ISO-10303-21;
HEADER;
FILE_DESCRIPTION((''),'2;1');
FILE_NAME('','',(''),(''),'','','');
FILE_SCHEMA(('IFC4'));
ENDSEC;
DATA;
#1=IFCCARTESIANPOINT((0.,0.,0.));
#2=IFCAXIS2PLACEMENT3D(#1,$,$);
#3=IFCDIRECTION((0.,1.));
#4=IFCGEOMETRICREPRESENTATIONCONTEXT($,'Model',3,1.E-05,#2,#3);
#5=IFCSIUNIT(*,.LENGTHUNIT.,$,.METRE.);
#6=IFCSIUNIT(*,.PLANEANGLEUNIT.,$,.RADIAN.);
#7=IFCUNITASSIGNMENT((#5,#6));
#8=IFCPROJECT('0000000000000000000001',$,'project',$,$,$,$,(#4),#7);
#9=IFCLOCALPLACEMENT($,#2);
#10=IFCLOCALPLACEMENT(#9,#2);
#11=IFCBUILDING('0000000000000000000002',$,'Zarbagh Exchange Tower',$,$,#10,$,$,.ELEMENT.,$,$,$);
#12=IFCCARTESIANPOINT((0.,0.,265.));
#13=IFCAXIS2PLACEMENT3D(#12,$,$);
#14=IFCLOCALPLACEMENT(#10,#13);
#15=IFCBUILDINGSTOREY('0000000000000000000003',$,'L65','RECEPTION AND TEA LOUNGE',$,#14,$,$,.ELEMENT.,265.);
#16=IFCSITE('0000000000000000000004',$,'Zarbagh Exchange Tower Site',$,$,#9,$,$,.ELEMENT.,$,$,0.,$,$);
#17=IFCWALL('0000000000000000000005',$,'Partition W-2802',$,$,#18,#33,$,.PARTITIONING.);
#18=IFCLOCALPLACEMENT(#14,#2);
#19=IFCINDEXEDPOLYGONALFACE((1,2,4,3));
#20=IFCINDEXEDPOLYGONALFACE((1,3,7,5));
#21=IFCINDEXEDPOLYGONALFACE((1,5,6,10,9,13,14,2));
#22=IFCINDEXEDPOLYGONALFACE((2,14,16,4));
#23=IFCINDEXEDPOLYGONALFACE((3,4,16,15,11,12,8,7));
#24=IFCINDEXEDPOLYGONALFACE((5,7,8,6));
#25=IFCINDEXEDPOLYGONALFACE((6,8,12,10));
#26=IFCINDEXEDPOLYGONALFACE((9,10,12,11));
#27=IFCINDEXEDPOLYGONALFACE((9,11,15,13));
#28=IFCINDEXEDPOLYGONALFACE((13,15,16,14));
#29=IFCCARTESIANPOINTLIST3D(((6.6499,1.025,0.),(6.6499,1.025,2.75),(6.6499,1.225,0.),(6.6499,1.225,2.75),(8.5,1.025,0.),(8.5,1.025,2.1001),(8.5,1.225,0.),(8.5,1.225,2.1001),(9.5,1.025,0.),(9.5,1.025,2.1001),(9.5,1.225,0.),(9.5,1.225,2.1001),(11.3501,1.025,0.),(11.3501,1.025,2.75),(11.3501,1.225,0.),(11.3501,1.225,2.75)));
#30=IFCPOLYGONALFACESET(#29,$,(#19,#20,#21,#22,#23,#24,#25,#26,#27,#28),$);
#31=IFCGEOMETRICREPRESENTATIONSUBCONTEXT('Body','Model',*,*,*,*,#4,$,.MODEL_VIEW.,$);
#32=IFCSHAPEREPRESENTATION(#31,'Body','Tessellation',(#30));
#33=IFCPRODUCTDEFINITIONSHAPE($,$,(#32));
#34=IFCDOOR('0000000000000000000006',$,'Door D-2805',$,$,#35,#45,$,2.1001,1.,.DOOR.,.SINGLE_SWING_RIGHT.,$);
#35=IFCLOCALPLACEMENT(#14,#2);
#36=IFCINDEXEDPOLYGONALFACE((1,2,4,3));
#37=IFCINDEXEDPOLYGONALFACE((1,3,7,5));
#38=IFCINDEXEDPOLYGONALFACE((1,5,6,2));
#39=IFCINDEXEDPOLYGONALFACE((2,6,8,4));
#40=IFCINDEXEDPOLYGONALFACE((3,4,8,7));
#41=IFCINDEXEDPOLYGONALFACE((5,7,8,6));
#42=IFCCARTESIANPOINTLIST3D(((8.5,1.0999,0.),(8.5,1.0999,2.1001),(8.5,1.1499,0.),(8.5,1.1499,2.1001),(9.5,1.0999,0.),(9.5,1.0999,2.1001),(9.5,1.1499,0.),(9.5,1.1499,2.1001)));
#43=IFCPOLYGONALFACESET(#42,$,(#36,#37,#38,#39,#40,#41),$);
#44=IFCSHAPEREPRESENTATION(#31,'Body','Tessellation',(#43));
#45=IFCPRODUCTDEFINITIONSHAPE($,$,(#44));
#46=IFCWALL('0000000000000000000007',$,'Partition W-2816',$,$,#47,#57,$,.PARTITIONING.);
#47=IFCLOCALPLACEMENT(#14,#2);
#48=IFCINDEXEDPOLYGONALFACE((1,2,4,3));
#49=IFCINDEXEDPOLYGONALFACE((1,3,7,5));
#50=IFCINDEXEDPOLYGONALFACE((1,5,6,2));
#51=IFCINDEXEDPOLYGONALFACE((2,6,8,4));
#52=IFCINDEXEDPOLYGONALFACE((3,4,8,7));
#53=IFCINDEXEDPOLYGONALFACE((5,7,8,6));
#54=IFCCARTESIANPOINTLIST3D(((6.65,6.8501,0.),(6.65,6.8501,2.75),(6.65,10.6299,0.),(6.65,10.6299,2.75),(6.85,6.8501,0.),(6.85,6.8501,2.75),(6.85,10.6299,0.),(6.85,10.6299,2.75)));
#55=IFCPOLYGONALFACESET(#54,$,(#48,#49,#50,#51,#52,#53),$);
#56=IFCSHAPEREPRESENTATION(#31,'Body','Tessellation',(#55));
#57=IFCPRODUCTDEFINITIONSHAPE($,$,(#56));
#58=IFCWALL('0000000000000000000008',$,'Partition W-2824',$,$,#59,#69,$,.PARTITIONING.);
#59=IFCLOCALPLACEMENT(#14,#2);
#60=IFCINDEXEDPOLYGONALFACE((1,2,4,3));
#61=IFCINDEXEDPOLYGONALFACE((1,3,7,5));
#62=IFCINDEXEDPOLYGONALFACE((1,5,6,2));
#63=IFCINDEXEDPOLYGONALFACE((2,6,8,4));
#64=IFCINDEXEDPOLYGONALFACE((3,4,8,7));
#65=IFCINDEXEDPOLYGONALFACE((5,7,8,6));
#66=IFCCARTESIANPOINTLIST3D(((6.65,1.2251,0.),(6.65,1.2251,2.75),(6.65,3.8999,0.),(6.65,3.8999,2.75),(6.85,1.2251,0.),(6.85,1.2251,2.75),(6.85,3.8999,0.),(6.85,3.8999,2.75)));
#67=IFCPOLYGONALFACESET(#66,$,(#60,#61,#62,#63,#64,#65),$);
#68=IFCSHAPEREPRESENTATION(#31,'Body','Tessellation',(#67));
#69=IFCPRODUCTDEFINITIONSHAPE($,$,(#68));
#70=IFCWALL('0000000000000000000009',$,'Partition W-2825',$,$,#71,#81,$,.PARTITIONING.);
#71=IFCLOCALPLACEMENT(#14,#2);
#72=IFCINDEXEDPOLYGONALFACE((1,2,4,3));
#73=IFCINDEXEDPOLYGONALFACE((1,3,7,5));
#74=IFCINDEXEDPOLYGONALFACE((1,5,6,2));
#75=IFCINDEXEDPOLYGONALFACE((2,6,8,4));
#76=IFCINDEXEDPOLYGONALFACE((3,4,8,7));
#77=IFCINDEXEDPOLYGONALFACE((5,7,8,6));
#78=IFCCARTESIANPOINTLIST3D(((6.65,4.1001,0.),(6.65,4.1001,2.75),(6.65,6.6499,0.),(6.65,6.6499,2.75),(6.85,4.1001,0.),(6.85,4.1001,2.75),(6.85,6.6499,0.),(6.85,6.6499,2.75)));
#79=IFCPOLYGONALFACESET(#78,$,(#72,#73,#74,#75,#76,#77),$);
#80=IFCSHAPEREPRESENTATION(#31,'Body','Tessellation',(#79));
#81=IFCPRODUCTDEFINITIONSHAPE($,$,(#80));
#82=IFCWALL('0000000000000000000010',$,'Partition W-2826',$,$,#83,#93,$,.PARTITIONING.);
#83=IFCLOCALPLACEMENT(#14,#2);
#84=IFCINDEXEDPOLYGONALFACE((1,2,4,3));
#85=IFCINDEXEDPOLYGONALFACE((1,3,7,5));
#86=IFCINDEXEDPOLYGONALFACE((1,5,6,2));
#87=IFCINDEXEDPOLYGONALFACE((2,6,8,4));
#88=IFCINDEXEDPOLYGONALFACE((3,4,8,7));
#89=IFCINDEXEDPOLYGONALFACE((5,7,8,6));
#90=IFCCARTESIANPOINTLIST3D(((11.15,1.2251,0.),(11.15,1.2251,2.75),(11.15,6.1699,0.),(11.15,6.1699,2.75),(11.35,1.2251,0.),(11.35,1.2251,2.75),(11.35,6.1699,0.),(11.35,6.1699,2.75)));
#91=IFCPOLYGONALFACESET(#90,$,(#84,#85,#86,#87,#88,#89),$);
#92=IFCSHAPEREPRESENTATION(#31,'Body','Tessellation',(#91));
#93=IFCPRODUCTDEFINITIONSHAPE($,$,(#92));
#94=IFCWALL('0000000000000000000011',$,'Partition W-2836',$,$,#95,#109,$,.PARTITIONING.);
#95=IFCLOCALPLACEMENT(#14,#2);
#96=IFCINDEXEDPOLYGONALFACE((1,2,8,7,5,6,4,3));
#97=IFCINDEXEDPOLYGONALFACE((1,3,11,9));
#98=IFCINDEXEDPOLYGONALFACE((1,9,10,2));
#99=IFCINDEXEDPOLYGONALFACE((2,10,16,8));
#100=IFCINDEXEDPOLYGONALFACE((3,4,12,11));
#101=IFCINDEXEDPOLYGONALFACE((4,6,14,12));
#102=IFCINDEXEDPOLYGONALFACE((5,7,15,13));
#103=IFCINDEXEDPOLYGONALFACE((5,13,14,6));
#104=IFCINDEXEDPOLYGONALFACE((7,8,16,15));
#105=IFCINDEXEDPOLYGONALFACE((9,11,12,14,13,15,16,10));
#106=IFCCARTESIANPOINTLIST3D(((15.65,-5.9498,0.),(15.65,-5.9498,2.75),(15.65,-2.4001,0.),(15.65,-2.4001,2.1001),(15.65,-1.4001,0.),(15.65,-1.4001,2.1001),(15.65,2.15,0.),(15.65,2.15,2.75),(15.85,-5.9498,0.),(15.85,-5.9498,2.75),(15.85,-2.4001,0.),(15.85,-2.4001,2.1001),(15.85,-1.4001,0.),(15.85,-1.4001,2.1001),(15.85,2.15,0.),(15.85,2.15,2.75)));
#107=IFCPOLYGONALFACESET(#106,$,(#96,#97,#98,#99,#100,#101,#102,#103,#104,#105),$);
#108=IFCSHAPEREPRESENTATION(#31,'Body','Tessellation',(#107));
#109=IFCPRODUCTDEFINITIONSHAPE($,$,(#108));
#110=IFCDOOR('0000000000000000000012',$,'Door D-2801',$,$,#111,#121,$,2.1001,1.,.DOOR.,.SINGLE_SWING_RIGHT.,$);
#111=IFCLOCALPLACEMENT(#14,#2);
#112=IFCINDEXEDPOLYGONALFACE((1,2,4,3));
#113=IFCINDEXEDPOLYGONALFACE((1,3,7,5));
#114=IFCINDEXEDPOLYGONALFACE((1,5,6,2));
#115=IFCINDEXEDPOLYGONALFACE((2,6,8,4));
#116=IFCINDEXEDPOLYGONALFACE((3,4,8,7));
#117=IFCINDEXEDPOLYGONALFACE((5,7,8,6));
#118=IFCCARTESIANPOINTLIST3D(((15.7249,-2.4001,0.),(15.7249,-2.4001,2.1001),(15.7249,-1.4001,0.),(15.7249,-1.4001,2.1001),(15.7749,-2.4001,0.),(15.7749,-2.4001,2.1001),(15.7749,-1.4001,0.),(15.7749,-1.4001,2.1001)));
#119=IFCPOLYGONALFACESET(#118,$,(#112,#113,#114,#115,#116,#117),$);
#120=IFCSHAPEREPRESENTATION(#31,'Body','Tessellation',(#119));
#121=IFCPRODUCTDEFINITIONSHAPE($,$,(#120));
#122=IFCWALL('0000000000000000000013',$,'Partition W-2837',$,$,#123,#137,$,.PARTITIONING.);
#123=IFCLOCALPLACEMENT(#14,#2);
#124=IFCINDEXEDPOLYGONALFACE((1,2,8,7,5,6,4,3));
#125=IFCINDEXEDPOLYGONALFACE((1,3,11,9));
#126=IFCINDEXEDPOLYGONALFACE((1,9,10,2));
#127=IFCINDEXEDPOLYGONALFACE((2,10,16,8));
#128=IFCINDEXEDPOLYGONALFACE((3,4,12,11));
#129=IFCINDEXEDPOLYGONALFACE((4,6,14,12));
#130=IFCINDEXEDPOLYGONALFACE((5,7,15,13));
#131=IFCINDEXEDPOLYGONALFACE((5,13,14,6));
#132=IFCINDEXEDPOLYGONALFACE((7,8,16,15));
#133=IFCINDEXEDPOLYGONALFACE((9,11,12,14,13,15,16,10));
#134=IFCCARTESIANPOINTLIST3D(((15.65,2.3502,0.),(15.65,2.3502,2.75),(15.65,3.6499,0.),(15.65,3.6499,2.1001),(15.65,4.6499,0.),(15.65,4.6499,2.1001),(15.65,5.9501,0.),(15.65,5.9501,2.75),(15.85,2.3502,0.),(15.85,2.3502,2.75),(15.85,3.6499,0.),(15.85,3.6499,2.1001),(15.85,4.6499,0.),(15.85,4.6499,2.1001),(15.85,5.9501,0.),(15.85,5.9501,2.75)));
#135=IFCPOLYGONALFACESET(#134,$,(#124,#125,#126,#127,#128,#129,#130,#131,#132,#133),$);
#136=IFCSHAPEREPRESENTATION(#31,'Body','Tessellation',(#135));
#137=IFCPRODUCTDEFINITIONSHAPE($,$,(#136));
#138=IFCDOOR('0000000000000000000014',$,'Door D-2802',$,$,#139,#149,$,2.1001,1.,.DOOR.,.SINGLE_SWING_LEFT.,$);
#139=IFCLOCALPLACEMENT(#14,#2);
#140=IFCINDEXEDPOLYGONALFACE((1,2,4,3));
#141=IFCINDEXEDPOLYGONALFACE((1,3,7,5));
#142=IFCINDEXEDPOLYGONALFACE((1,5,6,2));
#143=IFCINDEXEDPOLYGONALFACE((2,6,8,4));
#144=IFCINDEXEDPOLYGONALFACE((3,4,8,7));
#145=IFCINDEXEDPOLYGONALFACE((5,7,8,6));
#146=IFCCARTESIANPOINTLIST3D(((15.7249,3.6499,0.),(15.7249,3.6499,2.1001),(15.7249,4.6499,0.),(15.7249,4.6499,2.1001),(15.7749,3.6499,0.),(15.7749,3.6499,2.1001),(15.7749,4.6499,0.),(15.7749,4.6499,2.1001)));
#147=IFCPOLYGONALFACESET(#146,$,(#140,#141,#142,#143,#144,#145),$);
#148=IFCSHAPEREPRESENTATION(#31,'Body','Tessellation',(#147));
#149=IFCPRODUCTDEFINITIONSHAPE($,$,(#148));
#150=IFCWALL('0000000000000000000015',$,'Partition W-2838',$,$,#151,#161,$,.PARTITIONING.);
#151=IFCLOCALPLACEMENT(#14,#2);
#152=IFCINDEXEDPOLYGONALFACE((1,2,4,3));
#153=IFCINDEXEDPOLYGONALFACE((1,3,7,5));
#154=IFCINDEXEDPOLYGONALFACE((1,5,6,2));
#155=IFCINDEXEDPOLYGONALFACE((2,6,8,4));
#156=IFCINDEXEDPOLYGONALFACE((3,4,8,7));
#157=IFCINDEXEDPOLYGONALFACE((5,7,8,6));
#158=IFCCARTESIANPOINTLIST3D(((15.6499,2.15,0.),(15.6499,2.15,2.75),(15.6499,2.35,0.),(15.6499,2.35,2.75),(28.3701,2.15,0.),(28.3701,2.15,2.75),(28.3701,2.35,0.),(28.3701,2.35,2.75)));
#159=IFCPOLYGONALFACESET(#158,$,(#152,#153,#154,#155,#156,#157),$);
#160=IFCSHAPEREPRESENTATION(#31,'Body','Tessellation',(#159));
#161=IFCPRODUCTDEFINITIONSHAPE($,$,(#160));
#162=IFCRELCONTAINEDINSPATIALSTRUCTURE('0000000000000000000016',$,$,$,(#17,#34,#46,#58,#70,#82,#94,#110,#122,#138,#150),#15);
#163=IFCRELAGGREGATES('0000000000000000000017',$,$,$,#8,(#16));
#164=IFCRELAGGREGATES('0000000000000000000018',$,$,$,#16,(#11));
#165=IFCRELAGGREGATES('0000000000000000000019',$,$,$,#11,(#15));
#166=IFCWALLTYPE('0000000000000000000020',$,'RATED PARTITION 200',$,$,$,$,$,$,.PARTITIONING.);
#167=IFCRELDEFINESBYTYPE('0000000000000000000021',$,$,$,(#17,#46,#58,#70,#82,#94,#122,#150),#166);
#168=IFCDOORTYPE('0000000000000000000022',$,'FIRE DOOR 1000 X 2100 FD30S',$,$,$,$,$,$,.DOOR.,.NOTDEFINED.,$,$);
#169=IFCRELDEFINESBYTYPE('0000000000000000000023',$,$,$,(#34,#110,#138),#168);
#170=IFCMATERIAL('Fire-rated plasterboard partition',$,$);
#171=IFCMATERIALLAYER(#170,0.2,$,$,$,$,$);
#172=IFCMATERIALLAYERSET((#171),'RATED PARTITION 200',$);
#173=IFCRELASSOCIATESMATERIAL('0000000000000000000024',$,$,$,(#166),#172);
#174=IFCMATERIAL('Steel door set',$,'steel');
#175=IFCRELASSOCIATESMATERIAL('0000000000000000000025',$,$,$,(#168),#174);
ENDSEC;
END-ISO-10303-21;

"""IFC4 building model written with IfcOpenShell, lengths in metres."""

from ifc_helpers import new_model, si_unit, direction, frame, frame_2d, origin, place, context, subcontext, project, spatial, rectangle, extrude, material, layer, layer_set, type_object, element, fill, save


model = new_model("IFC4")

# Units and contexts
model_context = context("Model", 3, precision=1e-05, world=origin(), true_north=direction((0.0, 1.0)))
body_context = subcontext(model_context, "Body", "Model", "MODEL_VIEW")
ifc_project = project(units=[si_unit("LENGTHUNIT", "METRE"), si_unit("PLANEANGLEUNIT", "RADIAN")], contexts=[model_context])

# Site, building, storey
site_placement = place(None, origin())
site = spatial("IfcSite", under=ifc_project, at=site_placement, Name="Zarbagh Exchange Tower Site", CompositionType="ELEMENT", RefElevation=0.0)
building_placement = place(site_placement, origin())
building = spatial("IfcBuilding", under=site, at=building_placement, Name="Zarbagh Exchange Tower", CompositionType="ELEMENT")
storey_placement = place(building_placement, frame((0.0, 0.0, 265.0)))
storey = spatial("IfcBuildingStorey", under=building, at=storey_placement, Name="L65", Description="RECEPTION AND TEA LOUNGE", CompositionType="ELEMENT", Elevation=265.0)

# Wall, opening, door
ifc_material_1 = material(Name="Fire-rated plasterboard partition")
ifc_layer = layer(ifc_material_1, 0.2)
ifc_layer_set = layer_set([ifc_layer], Name="RATED PARTITION 200")
wall_type = type_object("IfcWallType", Name="RATED PARTITION 200", PredefinedType="PARTITIONING", material=ifc_layer_set)
wall_1_placement = place(storey_placement, frame((6.6499, 1.125, 0.0), z_axis=(0.0, 0.0, 1.0), x_axis=(1.0, 0.0, 0.0)))
wall_1 = element("IfcWall", 1, at=wall_1_placement, inside=storey, type_object=wall_type, Name="Partition W-2802", PredefinedType="PARTITIONING", context=body_context, shape_type="SweptSolid", body=[
    extrude(rectangle(XDim=4.7002, YDim=0.2, at=frame_2d((2.3501, 0.0))), origin(), (0.0, 0.0, 1.0), 2.75),
])
opening_1_placement = place(wall_1_placement, frame((1.8501, 0.0, 0.0)))
opening_1 = element("IfcOpeningElement", 2, at=opening_1_placement, cuts=wall_1, PredefinedType="OPENING", context=body_context, shape_type="SweptSolid", body=[
    extrude(rectangle(XDim=1.0, YDim=2.1001, at=frame_2d((0.5, 1.05))), frame((0.0, 0.1099, 0.0), z_axis=(0.0, -1.0, 0.0), x_axis=(1.0, 0.0, 0.0)), (0.0, 0.0, 1.0), 0.22),
])
ifc_material_2 = material(Name="Steel door set", Category="steel")
door_type = type_object("IfcDoorType", Name="FIRE DOOR 1000 X 2100 FD30S", OperationType="NOTDEFINED", PredefinedType="DOOR", material=ifc_material_2)
door_1_placement = place(opening_1_placement, origin())
door_1 = element("IfcDoor", 3, at=door_1_placement, inside=storey, type_object=door_type, Name="Door D-2805", OperationType="SINGLE_SWING_RIGHT", OverallHeight=2.1001, OverallWidth=1.0, PredefinedType="DOOR", context=body_context, shape_type="SweptSolid", body=[
    extrude(rectangle(XDim=1.0, YDim=2.1001, at=frame_2d((0.5, 1.05))), frame((0.0, 0.0249, 0.0), z_axis=(0.0, -1.0, 0.0), x_axis=(1.0, 0.0, 0.0)), (0.0, 0.0, 1.0), 0.05),
])
fill(opening_1, door_1)

# Walls
wall_2_placement = place(storey_placement, frame((6.75, 6.8501, 0.0), z_axis=(0.0, 0.0, 1.0), x_axis=(0.0, 1.0, 0.0)))
element("IfcWall", 4, at=wall_2_placement, inside=storey, type_object=wall_type, Name="Partition W-2816", PredefinedType="PARTITIONING", context=body_context, shape_type="SweptSolid", body=[
    extrude(rectangle(XDim=3.7798, YDim=0.2, at=frame_2d((1.8899, 0.0))), origin(), (0.0, 0.0, 1.0), 2.75),
])
wall_3_placement = place(storey_placement, frame((6.75, 1.2251, 0.0), z_axis=(0.0, 0.0, 1.0), x_axis=(0.0, 1.0, 0.0)))
element("IfcWall", 5, at=wall_3_placement, inside=storey, type_object=wall_type, Name="Partition W-2824", PredefinedType="PARTITIONING", context=body_context, shape_type="SweptSolid", body=[
    extrude(rectangle(XDim=2.6748, YDim=0.2, at=frame_2d((1.3374, 0.0))), origin(), (0.0, 0.0, 1.0), 2.75),
])
wall_4_placement = place(storey_placement, frame((6.75, 4.1001, 0.0), z_axis=(0.0, 0.0, 1.0), x_axis=(0.0, 1.0, 0.0)))
element("IfcWall", 6, at=wall_4_placement, inside=storey, type_object=wall_type, Name="Partition W-2825", PredefinedType="PARTITIONING", context=body_context, shape_type="SweptSolid", body=[
    extrude(rectangle(XDim=2.5498, YDim=0.2, at=frame_2d((1.2749, 0.0))), origin(), (0.0, 0.0, 1.0), 2.75),
])
wall_5_placement = place(storey_placement, frame((11.25, 1.2251, 0.0), z_axis=(0.0, 0.0, 1.0), x_axis=(0.0, 1.0, 0.0)))
element("IfcWall", 7, at=wall_5_placement, inside=storey, type_object=wall_type, Name="Partition W-2826", PredefinedType="PARTITIONING", context=body_context, shape_type="SweptSolid", body=[
    extrude(rectangle(XDim=4.9448, YDim=0.2, at=frame_2d((2.4724, 0.0))), origin(), (0.0, 0.0, 1.0), 2.75),
])

# Walls, openings, doors
wall_6_placement = place(storey_placement, frame((15.75, 2.1499, 0.0), z_axis=(0.0, 0.0, 1.0), x_axis=(0.0, -1.0, 0.0)))
wall_6 = element("IfcWall", 8, at=wall_6_placement, inside=storey, type_object=wall_type, Name="Partition W-2836", PredefinedType="PARTITIONING", context=body_context, shape_type="SweptSolid", body=[
    extrude(rectangle(XDim=8.0999, YDim=0.2, at=frame_2d((4.0498, 0.0))), origin(), (0.0, 0.0, 1.0), 2.75),
])
opening_2_placement = place(wall_6_placement, frame((3.55, 0.0, 0.0)))
opening_2 = element("IfcOpeningElement", 9, at=opening_2_placement, cuts=wall_6, PredefinedType="OPENING", context=body_context, shape_type="SweptSolid", body=[
    extrude(rectangle(XDim=1.0, YDim=2.1001, at=frame_2d((0.5, 1.05))), frame((0.0, 0.1099, 0.0), z_axis=(0.0, -1.0, 0.0), x_axis=(1.0, 0.0, 0.0)), (0.0, 0.0, 1.0), 0.22),
])
door_2_placement = place(opening_2_placement, origin())
door_2 = element("IfcDoor", 10, at=door_2_placement, inside=storey, type_object=door_type, Name="Door D-2801", OperationType="SINGLE_SWING_RIGHT", OverallHeight=2.1001, OverallWidth=1.0, PredefinedType="DOOR", context=body_context, shape_type="SweptSolid", body=[
    extrude(rectangle(XDim=1.0, YDim=2.1001, at=frame_2d((0.5, 1.05))), frame((0.0, 0.0249, 0.0), z_axis=(0.0, -1.0, 0.0), x_axis=(1.0, 0.0, 0.0)), (0.0, 0.0, 1.0), 0.05),
])
fill(opening_2, door_2)
wall_7_placement = place(storey_placement, frame((15.75, 5.95, 0.0), z_axis=(0.0, 0.0, 1.0), x_axis=(0.0, -1.0, 0.0)))
wall_7 = element("IfcWall", 11, at=wall_7_placement, inside=storey, type_object=wall_type, Name="Partition W-2837", PredefinedType="PARTITIONING", context=body_context, shape_type="SweptSolid", body=[
    extrude(rectangle(XDim=3.5999, YDim=0.2, at=frame_2d((1.7998, 0.0))), origin(), (0.0, 0.0, 1.0), 2.75),
])
opening_3_placement = place(wall_7_placement, frame((1.3, 0.0, 0.0)))
opening_3 = element("IfcOpeningElement", 12, at=opening_3_placement, cuts=wall_7, PredefinedType="OPENING", context=body_context, shape_type="SweptSolid", body=[
    extrude(rectangle(XDim=1.0, YDim=2.1001, at=frame_2d((0.5, 1.05))), frame((0.0, 0.1099, 0.0), z_axis=(0.0, -1.0, 0.0), x_axis=(1.0, 0.0, 0.0)), (0.0, 0.0, 1.0), 0.22),
])
door_3_placement = place(opening_3_placement, origin())
door_3 = element("IfcDoor", 13, at=door_3_placement, inside=storey, type_object=door_type, Name="Door D-2802", OperationType="SINGLE_SWING_LEFT", OverallHeight=2.1001, OverallWidth=1.0, PredefinedType="DOOR", context=body_context, shape_type="SweptSolid", body=[
    extrude(rectangle(XDim=1.0, YDim=2.1001, at=frame_2d((0.5, 1.05))), frame((0.0, 0.0249, 0.0), z_axis=(0.0, -1.0, 0.0), x_axis=(1.0, 0.0, 0.0)), (0.0, 0.0, 1.0), 0.05),
])
fill(opening_3, door_3)

# Wall
wall_8_placement = place(storey_placement, frame((15.6499, 2.25, 0.0), z_axis=(0.0, 0.0, 1.0), x_axis=(1.0, 0.0, 0.0)))
element("IfcWall", 14, at=wall_8_placement, inside=storey, type_object=wall_type, Name="Partition W-2838", PredefinedType="PARTITIONING", context=body_context, shape_type="SweptSolid", body=[
    extrude(rectangle(XDim=12.7202, YDim=0.2, at=frame_2d((6.3601, 0.0))), origin(), (0.0, 0.0, 1.0), 2.75),
])

save(model, "model.ifc")
